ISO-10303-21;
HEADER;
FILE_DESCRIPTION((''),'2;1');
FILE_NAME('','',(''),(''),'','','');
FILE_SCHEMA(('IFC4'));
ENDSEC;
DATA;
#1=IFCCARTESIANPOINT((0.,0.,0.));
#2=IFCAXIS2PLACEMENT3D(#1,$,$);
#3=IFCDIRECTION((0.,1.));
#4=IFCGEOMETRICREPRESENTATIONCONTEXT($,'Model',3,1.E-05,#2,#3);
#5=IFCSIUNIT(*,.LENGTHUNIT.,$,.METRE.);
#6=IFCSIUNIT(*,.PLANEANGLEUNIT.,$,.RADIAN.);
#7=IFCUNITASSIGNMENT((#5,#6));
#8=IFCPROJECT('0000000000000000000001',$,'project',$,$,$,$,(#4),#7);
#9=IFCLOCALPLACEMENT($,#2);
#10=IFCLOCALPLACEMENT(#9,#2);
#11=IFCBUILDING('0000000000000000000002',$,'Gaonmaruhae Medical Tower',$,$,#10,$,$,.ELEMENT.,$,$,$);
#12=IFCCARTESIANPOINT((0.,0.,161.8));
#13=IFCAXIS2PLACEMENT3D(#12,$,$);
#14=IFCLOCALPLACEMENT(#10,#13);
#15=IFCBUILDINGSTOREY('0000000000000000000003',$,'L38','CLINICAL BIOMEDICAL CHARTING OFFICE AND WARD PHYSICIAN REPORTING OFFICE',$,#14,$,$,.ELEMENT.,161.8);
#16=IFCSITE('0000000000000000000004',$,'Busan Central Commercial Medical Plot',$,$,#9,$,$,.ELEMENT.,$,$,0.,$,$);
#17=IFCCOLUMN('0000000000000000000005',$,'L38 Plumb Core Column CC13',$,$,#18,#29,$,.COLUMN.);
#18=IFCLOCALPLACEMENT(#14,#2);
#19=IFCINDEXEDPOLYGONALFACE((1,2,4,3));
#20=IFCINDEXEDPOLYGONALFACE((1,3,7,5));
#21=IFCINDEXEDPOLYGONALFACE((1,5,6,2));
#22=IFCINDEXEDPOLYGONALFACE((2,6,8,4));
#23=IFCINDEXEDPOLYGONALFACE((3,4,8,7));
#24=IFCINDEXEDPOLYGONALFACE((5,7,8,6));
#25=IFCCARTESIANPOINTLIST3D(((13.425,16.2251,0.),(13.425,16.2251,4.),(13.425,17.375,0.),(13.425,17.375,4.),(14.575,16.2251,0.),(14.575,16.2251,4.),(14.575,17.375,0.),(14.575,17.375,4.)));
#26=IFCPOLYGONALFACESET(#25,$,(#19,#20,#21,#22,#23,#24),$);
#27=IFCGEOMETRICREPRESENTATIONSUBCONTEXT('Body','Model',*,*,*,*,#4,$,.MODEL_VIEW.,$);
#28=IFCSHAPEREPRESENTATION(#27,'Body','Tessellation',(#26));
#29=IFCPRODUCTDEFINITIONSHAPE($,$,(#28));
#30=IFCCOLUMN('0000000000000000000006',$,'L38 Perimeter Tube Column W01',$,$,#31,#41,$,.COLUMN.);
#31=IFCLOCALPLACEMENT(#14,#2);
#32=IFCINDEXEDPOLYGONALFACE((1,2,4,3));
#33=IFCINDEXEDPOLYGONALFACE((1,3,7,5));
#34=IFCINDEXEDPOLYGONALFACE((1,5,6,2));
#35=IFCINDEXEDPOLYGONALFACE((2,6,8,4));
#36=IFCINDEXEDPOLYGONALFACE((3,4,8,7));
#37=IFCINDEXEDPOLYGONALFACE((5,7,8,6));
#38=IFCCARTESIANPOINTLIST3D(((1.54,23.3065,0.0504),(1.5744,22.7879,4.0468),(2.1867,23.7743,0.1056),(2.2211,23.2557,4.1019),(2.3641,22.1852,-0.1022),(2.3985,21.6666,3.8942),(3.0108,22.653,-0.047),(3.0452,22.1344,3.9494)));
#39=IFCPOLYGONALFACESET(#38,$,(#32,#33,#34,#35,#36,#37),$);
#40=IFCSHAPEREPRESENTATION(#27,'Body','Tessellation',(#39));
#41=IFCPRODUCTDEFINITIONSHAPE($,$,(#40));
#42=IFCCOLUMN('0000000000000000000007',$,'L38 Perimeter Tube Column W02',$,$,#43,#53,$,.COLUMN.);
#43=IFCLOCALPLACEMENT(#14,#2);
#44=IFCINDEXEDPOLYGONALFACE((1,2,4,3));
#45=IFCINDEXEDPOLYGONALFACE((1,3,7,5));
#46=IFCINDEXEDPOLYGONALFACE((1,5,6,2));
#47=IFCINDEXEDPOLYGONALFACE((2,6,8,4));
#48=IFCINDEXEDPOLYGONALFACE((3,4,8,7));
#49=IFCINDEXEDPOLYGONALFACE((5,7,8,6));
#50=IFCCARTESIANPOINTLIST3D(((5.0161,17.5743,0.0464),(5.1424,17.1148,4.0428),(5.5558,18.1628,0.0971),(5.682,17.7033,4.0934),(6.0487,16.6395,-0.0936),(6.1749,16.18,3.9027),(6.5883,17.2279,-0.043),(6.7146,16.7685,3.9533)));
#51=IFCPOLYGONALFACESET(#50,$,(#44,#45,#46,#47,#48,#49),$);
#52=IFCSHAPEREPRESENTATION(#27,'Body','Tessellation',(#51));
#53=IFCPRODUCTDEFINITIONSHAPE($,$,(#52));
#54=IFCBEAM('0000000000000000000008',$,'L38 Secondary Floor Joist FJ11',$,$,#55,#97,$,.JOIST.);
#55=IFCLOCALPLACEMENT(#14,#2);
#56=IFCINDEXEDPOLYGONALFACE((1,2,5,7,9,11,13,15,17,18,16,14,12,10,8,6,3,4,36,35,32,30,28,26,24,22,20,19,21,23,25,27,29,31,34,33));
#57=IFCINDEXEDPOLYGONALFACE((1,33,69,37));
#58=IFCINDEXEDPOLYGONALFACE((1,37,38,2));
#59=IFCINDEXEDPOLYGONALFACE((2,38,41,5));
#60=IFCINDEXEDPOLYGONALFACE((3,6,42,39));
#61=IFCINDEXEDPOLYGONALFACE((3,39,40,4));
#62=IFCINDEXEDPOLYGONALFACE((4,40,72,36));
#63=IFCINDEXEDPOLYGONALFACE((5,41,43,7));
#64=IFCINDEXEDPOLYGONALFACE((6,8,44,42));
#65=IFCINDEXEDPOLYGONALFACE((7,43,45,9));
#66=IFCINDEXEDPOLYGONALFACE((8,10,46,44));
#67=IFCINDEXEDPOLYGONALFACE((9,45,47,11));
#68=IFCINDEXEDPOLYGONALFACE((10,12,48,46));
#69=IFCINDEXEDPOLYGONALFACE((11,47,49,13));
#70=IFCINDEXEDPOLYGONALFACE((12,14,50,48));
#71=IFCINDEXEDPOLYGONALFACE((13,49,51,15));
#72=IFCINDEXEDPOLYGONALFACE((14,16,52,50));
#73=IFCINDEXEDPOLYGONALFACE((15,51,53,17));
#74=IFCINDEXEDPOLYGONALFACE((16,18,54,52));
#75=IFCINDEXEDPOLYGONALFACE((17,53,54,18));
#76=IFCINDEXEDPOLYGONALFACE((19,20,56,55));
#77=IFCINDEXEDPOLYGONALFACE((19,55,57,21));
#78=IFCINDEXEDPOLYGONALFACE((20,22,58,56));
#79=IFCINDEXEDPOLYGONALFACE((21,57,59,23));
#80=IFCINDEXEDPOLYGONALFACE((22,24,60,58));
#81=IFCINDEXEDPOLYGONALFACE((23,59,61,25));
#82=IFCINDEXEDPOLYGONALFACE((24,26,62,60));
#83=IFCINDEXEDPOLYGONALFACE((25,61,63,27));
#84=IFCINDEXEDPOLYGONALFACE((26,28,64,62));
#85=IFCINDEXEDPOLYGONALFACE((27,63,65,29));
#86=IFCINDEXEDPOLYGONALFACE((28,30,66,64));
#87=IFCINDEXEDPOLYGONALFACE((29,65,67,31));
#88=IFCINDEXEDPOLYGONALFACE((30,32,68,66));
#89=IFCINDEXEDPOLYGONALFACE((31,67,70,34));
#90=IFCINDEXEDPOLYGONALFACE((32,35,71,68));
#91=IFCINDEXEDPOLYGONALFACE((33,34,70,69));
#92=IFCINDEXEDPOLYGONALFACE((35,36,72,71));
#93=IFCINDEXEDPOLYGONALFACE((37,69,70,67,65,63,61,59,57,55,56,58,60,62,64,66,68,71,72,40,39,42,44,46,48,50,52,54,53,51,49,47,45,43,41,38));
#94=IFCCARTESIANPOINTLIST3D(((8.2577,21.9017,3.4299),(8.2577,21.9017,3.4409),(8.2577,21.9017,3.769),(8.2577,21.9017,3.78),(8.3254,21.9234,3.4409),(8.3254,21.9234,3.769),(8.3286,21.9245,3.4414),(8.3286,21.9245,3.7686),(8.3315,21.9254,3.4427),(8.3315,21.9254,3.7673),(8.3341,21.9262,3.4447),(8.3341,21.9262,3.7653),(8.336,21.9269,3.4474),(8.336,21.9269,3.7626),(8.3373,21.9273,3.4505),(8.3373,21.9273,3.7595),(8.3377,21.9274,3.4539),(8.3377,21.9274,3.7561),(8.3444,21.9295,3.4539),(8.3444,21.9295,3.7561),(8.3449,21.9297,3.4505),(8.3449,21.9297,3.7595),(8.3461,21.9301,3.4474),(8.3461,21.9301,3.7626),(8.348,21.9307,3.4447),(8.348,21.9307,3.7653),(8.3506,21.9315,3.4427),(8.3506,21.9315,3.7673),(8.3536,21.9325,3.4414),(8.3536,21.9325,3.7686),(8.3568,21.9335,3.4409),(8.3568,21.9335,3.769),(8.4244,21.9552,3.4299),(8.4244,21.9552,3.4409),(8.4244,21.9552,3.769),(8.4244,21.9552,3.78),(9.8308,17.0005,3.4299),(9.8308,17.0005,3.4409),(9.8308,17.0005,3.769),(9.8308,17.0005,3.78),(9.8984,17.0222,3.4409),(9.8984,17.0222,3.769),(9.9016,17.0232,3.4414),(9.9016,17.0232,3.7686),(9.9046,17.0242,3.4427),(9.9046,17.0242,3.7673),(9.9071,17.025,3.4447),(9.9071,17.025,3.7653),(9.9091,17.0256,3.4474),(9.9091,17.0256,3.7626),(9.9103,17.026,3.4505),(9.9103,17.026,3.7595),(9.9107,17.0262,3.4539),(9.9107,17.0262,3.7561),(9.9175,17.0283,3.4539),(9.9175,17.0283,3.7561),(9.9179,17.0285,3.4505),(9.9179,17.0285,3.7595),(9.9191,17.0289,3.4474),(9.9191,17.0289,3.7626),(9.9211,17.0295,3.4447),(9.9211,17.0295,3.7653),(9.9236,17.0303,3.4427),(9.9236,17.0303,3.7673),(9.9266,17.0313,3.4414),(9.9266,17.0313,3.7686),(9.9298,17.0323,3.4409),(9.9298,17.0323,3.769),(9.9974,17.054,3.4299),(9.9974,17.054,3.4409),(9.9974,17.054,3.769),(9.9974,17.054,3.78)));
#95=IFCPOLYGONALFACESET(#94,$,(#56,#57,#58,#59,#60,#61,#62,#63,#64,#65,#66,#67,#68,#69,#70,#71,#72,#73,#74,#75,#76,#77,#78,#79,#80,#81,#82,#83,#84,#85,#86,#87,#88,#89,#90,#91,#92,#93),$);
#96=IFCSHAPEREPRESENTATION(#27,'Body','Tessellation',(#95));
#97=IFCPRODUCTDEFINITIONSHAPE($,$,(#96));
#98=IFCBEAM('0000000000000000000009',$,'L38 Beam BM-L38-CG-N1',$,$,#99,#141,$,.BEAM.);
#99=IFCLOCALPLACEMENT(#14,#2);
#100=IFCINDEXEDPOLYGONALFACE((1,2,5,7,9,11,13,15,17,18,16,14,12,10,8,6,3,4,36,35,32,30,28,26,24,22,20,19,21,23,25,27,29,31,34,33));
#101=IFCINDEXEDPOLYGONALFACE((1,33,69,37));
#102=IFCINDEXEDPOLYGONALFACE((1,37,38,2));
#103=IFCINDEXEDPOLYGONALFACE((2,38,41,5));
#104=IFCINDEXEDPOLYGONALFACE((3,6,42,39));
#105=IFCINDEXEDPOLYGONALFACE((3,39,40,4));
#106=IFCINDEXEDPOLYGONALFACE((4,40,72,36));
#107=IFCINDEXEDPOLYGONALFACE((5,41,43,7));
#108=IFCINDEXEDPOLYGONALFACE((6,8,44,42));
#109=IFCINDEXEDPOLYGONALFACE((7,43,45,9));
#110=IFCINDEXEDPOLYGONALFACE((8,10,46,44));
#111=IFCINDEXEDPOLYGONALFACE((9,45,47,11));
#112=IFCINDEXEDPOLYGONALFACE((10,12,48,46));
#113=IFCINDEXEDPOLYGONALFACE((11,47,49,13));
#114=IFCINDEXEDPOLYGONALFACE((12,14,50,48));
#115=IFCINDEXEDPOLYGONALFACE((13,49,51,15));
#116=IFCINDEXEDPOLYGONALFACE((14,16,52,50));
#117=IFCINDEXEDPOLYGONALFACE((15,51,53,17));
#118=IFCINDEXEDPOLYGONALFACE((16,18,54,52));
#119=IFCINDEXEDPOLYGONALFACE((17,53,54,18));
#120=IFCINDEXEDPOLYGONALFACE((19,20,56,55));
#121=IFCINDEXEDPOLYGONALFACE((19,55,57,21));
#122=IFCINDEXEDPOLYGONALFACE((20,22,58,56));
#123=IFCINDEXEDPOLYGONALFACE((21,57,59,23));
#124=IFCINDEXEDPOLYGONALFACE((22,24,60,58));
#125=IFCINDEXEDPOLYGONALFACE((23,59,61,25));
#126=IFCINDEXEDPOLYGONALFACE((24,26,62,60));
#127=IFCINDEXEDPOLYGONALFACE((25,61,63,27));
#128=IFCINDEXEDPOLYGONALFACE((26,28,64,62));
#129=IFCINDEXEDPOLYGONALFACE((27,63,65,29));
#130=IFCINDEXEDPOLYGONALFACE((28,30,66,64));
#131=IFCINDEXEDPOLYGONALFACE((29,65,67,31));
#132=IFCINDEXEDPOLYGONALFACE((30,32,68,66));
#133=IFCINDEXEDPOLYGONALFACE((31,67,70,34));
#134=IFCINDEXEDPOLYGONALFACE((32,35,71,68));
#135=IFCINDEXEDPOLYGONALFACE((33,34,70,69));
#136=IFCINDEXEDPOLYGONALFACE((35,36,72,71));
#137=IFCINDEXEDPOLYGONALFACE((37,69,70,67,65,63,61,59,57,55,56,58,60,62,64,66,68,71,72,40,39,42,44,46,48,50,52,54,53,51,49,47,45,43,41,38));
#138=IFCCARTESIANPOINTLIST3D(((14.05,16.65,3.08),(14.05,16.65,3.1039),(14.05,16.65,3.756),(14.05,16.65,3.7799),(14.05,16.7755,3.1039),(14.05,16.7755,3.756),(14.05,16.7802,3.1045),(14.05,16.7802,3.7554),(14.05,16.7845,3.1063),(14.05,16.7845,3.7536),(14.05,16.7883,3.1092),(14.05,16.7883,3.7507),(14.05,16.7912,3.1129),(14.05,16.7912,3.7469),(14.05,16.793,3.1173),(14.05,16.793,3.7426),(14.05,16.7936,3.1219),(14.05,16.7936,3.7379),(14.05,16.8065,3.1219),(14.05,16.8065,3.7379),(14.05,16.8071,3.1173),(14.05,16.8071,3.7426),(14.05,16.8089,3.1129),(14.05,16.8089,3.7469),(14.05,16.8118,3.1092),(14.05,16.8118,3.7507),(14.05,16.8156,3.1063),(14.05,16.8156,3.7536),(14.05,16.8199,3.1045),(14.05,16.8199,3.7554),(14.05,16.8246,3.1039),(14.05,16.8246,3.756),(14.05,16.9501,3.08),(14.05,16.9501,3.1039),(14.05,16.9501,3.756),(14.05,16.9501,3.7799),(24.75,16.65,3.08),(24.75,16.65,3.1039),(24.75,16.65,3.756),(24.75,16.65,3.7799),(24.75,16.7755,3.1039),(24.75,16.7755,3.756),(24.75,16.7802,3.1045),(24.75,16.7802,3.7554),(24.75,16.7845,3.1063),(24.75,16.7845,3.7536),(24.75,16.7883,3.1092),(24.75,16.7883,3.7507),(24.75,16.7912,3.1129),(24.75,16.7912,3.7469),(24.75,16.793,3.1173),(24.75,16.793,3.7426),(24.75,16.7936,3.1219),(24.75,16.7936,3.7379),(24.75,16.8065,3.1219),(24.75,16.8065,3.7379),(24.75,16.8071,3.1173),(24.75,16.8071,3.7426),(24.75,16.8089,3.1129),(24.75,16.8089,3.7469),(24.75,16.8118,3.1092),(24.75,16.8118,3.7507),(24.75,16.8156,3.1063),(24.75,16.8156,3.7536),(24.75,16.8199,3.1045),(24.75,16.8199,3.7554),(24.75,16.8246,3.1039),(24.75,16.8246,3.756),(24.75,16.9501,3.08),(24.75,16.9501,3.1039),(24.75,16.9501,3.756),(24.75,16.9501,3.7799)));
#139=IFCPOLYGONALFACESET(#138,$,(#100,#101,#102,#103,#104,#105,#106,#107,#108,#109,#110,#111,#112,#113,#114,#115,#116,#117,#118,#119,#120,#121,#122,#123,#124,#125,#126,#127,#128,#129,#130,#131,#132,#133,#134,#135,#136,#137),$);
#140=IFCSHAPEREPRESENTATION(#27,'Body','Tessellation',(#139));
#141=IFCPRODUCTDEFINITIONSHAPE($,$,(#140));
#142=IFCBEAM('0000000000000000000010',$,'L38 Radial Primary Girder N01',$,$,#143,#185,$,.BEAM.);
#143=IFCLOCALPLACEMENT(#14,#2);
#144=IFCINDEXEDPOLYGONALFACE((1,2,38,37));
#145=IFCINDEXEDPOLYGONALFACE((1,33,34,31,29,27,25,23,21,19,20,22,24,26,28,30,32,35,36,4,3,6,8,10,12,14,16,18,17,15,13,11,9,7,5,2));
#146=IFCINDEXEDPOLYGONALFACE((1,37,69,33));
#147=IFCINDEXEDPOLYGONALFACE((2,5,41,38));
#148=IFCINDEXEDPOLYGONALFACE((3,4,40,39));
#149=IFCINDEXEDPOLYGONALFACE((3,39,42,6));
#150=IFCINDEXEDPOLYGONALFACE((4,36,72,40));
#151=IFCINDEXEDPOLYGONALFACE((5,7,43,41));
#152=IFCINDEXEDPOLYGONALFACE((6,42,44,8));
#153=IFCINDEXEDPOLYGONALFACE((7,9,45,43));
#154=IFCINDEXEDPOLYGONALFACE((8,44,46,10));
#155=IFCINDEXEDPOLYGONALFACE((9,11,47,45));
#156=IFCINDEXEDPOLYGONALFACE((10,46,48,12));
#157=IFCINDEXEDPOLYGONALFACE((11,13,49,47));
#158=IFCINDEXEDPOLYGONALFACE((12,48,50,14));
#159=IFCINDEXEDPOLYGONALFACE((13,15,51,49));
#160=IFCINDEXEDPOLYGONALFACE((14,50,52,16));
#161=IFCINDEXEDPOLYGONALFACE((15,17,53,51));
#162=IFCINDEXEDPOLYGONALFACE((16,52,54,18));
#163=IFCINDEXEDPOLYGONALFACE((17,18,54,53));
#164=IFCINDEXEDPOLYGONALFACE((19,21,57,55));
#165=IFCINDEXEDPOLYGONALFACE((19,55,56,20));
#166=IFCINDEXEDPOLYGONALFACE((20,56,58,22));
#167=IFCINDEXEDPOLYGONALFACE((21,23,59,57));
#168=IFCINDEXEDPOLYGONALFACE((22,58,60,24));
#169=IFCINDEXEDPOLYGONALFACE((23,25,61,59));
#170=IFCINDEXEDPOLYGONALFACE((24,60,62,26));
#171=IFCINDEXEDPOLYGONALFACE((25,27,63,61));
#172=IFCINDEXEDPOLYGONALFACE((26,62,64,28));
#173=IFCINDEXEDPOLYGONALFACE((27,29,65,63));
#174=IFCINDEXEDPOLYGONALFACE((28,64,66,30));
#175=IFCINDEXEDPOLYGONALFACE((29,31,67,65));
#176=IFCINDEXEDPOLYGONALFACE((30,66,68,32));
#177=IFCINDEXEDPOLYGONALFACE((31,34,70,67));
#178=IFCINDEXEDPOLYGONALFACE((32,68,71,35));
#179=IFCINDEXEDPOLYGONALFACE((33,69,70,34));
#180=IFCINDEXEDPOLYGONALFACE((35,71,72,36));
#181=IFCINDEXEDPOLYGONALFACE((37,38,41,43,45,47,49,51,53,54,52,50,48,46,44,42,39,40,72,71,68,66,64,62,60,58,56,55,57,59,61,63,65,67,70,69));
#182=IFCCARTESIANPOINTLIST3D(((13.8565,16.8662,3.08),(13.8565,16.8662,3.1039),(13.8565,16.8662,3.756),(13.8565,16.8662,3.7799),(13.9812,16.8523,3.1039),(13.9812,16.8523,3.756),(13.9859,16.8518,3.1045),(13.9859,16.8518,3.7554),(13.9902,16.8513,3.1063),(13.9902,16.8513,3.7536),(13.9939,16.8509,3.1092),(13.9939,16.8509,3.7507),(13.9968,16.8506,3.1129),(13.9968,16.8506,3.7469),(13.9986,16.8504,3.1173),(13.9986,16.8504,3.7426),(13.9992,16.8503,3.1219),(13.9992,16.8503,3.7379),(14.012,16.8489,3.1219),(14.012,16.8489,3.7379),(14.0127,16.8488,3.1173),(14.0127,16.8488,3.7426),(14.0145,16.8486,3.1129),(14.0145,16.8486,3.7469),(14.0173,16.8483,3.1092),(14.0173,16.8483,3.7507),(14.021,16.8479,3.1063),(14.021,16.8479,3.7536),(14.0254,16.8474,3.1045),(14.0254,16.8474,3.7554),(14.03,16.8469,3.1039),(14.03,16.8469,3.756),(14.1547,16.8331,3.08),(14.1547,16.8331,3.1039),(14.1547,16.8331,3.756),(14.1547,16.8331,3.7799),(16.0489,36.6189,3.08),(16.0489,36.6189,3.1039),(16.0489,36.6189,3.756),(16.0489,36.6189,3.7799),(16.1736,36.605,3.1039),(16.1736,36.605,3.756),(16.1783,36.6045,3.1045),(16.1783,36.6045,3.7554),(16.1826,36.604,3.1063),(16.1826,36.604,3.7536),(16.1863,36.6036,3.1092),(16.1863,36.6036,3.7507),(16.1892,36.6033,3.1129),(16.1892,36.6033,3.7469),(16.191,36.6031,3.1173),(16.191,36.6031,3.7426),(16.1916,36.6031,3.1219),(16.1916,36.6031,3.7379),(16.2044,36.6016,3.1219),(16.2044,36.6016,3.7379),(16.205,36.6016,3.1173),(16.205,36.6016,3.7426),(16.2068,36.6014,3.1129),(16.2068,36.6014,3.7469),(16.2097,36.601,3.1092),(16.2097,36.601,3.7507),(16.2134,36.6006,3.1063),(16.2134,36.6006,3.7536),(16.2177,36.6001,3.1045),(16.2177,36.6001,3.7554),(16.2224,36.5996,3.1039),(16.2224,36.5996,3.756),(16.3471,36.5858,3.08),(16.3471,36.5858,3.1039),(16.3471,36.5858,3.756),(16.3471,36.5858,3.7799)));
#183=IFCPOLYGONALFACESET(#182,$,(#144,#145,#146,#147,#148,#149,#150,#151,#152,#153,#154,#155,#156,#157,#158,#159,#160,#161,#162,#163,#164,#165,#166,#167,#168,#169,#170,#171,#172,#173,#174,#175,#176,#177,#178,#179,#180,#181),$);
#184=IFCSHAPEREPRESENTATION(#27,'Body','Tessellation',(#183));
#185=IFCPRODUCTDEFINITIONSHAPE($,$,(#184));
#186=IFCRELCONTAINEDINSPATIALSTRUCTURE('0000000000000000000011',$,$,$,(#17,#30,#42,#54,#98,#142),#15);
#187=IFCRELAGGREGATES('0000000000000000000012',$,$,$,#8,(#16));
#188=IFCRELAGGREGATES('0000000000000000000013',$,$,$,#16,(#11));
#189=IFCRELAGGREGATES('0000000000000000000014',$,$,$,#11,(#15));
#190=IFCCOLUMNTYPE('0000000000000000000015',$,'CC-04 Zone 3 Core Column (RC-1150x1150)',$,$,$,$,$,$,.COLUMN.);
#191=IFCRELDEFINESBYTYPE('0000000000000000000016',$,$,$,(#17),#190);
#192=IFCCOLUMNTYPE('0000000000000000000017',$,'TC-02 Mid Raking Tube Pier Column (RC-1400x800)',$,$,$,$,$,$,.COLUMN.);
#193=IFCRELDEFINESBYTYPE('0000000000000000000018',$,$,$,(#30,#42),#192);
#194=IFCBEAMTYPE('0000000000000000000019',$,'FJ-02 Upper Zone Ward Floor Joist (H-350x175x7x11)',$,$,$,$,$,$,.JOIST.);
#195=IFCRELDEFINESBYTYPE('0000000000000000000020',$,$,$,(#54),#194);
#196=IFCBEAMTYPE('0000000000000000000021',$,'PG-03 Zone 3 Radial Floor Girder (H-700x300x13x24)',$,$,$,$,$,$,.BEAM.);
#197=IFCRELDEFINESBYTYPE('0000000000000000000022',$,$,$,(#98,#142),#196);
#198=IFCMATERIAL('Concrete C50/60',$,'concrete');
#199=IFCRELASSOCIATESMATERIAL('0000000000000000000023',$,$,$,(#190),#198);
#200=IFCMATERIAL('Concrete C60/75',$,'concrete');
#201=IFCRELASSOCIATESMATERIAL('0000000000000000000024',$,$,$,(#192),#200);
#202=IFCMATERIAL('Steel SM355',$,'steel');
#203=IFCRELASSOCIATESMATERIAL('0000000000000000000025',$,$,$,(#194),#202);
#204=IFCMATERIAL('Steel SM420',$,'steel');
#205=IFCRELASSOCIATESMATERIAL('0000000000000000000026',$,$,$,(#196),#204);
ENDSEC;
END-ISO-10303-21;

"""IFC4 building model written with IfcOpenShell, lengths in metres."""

from ifc_helpers import new_model, si_unit, direction, frame, origin, origin_2d, place, context, subcontext, project, spatial, rectangle, i_section, extrude, material, material_profile, profile_set, type_object, element, save


model = new_model("IFC4")

# Units and contexts
model_context = context("Model", 3, precision=1e-05, world=origin(), true_north=direction((0.0, 1.0)))
body_context = subcontext(model_context, "Body", "Model", "MODEL_VIEW")
ifc_project = project(units=[si_unit("LENGTHUNIT", "METRE"), si_unit("PLANEANGLEUNIT", "RADIAN")], contexts=[model_context])

# Site, building, storey
site_placement = place(None, origin())
site = spatial("IfcSite", under=ifc_project, at=site_placement, Name="Busan Central Commercial Medical Plot", CompositionType="ELEMENT", RefElevation=0.0)
building_placement = place(site_placement, origin())
building = spatial("IfcBuilding", under=site, at=building_placement, Name="Gaonmaruhae Medical Tower", CompositionType="ELEMENT")
storey_placement = place(building_placement, frame((0.0, 0.0, 161.8)))
storey = spatial("IfcBuildingStorey", under=building, at=storey_placement, Name="L38", Description="CLINICAL BIOMEDICAL CHARTING OFFICE AND WARD PHYSICIAN REPORTING OFFICE", CompositionType="ELEMENT", Elevation=161.8)

# Columns
ifc_material_1 = material(Name="Concrete C50/60", Category="concrete")
ifc_material_profile_1 = material_profile(ifc_material_1, rectangle(XDim=1.1499, YDim=1.1499, at=origin_2d()), Name="RC-1150x1150")
ifc_profile_set_1 = profile_set([ifc_material_profile_1], Name="Concrete C50/60")
column_type_1 = type_object("IfcColumnType", Name="CC-04 Zone 3 Core Column (RC-1150x1150)", PredefinedType="COLUMN", material=ifc_profile_set_1)
column_1_placement = place(storey_placement, frame((14.0, 16.8, 0.0), z_axis=(0.0, 0.0, 1.0), x_axis=(1.0, 0.0, 0.0)))
element("IfcColumn", 1, at=column_1_placement, inside=storey, type_object=column_type_1, Name="L38 Plumb Core Column CC13", PredefinedType="COLUMN", context=body_context, shape_type="SweptSolid", body=[
    extrude(rectangle(XDim=1.1499, YDim=1.1499, at=origin_2d()), origin(), (0.0, 0.0, 1.0), 4.0),
])
ifc_material_2 = material(Name="Concrete C60/75", Category="concrete")
ifc_material_profile_2 = material_profile(ifc_material_2, rectangle(XDim=1.3999, YDim=0.8, at=origin_2d()), Name="RC-1400x800")
ifc_profile_set_2 = profile_set([ifc_material_profile_2], Name="Concrete C60/75")
column_type_2 = type_object("IfcColumnType", Name="TC-02 Mid Raking Tube Pier Column (RC-1400x800)", PredefinedType="COLUMN", material=ifc_profile_set_2)
column_2_placement = place(storey_placement, frame((2.2754, 22.9797, 0.0017), z_axis=(0.008542, -0.128674, 0.99165), x_axis=(-0.5887, 0.800969, 0.109003)))
element("IfcColumn", 2, at=column_2_placement, inside=storey, type_object=column_type_2, Name="L38 Perimeter Tube Column W01", PredefinedType="COLUMN", context=body_context, shape_type="SweptSolid", body=[
    extrude(rectangle(XDim=1.3999, YDim=0.8, at=origin_2d()), origin(), (0.0, 0.0, 1.0), 4.03),
])
column_3_placement = place(storey_placement, frame((5.8022, 17.4011, 0.0017), z_axis=(0.031362, -0.114165, 0.992967), x_axis=(-0.737594, 0.667787, 0.100074)))
element("IfcColumn", 3, at=column_3_placement, inside=storey, type_object=column_type_2, Name="L38 Perimeter Tube Column W02", PredefinedType="COLUMN", context=body_context, shape_type="SweptSolid", body=[
    extrude(rectangle(XDim=1.3999, YDim=0.8, at=origin_2d()), origin(), (0.0, 0.0, 1.0), 4.0247),
])

# Beams
ifc_material_3 = material(Name="Steel SM355", Category="steel")
ifc_material_profile_3 = material_profile(ifc_material_3, i_section(OverallWidth=0.175, OverallDepth=0.3501, WebThickness=0.0071, FlangeThickness=0.011, FilletRadius=0.0129, at=origin_2d()), Name="H-350x175x7x11")
ifc_profile_set_3 = profile_set([ifc_material_profile_3], Name="Steel SM355")
beam_type_1 = type_object("IfcBeamType", Name="FJ-02 Upper Zone Ward Floor Joist (H-350x175x7x11)", PredefinedType="JOIST", material=ifc_profile_set_3)
beam_1_placement = place(storey_placement, frame((8.3411, 21.9285, 3.605), z_axis=(0.305593, -0.952162, 0.0), x_axis=(0.952162, 0.305593, 0.0)))
element("IfcBeam", 4, at=beam_1_placement, inside=storey, type_object=beam_type_1, Name="L38 Secondary Floor Joist FJ11", PredefinedType="JOIST", context=body_context, shape_type="SweptSolid", body=[
    extrude(i_section(OverallWidth=0.175, OverallDepth=0.3501, WebThickness=0.0071, FlangeThickness=0.011, FilletRadius=0.0129, at=origin_2d()), origin(), (0.0, 0.0, 1.0), 5.1475),
])
ifc_material_4 = material(Name="Steel SM420", Category="steel")
ifc_material_profile_4 = material_profile(ifc_material_4, i_section(OverallWidth=0.3, OverallDepth=0.7, WebThickness=0.0129, FlangeThickness=0.0239, FilletRadius=0.0181, at=origin_2d()), Name="H-700x300x13x24")
ifc_profile_set_4 = profile_set([ifc_material_profile_4], Name="Steel SM420")
beam_type_2 = type_object("IfcBeamType", Name="PG-03 Zone 3 Radial Floor Girder (H-700x300x13x24)", PredefinedType="BEAM", material=ifc_profile_set_4)
beam_2_placement = place(storey_placement, frame((14.05, 16.8, 3.4299), z_axis=(1.0, 0.0, 0.0), x_axis=(0.0, 1.0, 0.0)))
element("IfcBeam", 5, at=beam_2_placement, inside=storey, type_object=beam_type_2, Name="L38 Beam BM-L38-CG-N1", PredefinedType="BEAM", context=body_context, shape_type="SweptSolid", body=[
    extrude(i_section(OverallWidth=0.3, OverallDepth=0.7, WebThickness=0.0129, FlangeThickness=0.0239, FilletRadius=0.0181, at=origin_2d()), origin(), (0.0, 0.0, 1.0), 10.7),
])
beam_3_placement = place(storey_placement, frame((14.0056, 16.8496, 3.4299), z_axis=(0.110314, 0.993897, 0.0), x_axis=(-0.993897, 0.110314, 0.0)))
element("IfcBeam", 6, at=beam_3_placement, inside=storey, type_object=beam_type_2, Name="L38 Radial Primary Girder N01", PredefinedType="BEAM", context=body_context, shape_type="SweptSolid", body=[
    extrude(i_section(OverallWidth=0.3, OverallDepth=0.7, WebThickness=0.0129, FlangeThickness=0.0239, FilletRadius=0.0181, at=origin_2d()), origin(), (0.0, 0.0, 1.0), 19.874),
])

save(model, "model.ifc")
